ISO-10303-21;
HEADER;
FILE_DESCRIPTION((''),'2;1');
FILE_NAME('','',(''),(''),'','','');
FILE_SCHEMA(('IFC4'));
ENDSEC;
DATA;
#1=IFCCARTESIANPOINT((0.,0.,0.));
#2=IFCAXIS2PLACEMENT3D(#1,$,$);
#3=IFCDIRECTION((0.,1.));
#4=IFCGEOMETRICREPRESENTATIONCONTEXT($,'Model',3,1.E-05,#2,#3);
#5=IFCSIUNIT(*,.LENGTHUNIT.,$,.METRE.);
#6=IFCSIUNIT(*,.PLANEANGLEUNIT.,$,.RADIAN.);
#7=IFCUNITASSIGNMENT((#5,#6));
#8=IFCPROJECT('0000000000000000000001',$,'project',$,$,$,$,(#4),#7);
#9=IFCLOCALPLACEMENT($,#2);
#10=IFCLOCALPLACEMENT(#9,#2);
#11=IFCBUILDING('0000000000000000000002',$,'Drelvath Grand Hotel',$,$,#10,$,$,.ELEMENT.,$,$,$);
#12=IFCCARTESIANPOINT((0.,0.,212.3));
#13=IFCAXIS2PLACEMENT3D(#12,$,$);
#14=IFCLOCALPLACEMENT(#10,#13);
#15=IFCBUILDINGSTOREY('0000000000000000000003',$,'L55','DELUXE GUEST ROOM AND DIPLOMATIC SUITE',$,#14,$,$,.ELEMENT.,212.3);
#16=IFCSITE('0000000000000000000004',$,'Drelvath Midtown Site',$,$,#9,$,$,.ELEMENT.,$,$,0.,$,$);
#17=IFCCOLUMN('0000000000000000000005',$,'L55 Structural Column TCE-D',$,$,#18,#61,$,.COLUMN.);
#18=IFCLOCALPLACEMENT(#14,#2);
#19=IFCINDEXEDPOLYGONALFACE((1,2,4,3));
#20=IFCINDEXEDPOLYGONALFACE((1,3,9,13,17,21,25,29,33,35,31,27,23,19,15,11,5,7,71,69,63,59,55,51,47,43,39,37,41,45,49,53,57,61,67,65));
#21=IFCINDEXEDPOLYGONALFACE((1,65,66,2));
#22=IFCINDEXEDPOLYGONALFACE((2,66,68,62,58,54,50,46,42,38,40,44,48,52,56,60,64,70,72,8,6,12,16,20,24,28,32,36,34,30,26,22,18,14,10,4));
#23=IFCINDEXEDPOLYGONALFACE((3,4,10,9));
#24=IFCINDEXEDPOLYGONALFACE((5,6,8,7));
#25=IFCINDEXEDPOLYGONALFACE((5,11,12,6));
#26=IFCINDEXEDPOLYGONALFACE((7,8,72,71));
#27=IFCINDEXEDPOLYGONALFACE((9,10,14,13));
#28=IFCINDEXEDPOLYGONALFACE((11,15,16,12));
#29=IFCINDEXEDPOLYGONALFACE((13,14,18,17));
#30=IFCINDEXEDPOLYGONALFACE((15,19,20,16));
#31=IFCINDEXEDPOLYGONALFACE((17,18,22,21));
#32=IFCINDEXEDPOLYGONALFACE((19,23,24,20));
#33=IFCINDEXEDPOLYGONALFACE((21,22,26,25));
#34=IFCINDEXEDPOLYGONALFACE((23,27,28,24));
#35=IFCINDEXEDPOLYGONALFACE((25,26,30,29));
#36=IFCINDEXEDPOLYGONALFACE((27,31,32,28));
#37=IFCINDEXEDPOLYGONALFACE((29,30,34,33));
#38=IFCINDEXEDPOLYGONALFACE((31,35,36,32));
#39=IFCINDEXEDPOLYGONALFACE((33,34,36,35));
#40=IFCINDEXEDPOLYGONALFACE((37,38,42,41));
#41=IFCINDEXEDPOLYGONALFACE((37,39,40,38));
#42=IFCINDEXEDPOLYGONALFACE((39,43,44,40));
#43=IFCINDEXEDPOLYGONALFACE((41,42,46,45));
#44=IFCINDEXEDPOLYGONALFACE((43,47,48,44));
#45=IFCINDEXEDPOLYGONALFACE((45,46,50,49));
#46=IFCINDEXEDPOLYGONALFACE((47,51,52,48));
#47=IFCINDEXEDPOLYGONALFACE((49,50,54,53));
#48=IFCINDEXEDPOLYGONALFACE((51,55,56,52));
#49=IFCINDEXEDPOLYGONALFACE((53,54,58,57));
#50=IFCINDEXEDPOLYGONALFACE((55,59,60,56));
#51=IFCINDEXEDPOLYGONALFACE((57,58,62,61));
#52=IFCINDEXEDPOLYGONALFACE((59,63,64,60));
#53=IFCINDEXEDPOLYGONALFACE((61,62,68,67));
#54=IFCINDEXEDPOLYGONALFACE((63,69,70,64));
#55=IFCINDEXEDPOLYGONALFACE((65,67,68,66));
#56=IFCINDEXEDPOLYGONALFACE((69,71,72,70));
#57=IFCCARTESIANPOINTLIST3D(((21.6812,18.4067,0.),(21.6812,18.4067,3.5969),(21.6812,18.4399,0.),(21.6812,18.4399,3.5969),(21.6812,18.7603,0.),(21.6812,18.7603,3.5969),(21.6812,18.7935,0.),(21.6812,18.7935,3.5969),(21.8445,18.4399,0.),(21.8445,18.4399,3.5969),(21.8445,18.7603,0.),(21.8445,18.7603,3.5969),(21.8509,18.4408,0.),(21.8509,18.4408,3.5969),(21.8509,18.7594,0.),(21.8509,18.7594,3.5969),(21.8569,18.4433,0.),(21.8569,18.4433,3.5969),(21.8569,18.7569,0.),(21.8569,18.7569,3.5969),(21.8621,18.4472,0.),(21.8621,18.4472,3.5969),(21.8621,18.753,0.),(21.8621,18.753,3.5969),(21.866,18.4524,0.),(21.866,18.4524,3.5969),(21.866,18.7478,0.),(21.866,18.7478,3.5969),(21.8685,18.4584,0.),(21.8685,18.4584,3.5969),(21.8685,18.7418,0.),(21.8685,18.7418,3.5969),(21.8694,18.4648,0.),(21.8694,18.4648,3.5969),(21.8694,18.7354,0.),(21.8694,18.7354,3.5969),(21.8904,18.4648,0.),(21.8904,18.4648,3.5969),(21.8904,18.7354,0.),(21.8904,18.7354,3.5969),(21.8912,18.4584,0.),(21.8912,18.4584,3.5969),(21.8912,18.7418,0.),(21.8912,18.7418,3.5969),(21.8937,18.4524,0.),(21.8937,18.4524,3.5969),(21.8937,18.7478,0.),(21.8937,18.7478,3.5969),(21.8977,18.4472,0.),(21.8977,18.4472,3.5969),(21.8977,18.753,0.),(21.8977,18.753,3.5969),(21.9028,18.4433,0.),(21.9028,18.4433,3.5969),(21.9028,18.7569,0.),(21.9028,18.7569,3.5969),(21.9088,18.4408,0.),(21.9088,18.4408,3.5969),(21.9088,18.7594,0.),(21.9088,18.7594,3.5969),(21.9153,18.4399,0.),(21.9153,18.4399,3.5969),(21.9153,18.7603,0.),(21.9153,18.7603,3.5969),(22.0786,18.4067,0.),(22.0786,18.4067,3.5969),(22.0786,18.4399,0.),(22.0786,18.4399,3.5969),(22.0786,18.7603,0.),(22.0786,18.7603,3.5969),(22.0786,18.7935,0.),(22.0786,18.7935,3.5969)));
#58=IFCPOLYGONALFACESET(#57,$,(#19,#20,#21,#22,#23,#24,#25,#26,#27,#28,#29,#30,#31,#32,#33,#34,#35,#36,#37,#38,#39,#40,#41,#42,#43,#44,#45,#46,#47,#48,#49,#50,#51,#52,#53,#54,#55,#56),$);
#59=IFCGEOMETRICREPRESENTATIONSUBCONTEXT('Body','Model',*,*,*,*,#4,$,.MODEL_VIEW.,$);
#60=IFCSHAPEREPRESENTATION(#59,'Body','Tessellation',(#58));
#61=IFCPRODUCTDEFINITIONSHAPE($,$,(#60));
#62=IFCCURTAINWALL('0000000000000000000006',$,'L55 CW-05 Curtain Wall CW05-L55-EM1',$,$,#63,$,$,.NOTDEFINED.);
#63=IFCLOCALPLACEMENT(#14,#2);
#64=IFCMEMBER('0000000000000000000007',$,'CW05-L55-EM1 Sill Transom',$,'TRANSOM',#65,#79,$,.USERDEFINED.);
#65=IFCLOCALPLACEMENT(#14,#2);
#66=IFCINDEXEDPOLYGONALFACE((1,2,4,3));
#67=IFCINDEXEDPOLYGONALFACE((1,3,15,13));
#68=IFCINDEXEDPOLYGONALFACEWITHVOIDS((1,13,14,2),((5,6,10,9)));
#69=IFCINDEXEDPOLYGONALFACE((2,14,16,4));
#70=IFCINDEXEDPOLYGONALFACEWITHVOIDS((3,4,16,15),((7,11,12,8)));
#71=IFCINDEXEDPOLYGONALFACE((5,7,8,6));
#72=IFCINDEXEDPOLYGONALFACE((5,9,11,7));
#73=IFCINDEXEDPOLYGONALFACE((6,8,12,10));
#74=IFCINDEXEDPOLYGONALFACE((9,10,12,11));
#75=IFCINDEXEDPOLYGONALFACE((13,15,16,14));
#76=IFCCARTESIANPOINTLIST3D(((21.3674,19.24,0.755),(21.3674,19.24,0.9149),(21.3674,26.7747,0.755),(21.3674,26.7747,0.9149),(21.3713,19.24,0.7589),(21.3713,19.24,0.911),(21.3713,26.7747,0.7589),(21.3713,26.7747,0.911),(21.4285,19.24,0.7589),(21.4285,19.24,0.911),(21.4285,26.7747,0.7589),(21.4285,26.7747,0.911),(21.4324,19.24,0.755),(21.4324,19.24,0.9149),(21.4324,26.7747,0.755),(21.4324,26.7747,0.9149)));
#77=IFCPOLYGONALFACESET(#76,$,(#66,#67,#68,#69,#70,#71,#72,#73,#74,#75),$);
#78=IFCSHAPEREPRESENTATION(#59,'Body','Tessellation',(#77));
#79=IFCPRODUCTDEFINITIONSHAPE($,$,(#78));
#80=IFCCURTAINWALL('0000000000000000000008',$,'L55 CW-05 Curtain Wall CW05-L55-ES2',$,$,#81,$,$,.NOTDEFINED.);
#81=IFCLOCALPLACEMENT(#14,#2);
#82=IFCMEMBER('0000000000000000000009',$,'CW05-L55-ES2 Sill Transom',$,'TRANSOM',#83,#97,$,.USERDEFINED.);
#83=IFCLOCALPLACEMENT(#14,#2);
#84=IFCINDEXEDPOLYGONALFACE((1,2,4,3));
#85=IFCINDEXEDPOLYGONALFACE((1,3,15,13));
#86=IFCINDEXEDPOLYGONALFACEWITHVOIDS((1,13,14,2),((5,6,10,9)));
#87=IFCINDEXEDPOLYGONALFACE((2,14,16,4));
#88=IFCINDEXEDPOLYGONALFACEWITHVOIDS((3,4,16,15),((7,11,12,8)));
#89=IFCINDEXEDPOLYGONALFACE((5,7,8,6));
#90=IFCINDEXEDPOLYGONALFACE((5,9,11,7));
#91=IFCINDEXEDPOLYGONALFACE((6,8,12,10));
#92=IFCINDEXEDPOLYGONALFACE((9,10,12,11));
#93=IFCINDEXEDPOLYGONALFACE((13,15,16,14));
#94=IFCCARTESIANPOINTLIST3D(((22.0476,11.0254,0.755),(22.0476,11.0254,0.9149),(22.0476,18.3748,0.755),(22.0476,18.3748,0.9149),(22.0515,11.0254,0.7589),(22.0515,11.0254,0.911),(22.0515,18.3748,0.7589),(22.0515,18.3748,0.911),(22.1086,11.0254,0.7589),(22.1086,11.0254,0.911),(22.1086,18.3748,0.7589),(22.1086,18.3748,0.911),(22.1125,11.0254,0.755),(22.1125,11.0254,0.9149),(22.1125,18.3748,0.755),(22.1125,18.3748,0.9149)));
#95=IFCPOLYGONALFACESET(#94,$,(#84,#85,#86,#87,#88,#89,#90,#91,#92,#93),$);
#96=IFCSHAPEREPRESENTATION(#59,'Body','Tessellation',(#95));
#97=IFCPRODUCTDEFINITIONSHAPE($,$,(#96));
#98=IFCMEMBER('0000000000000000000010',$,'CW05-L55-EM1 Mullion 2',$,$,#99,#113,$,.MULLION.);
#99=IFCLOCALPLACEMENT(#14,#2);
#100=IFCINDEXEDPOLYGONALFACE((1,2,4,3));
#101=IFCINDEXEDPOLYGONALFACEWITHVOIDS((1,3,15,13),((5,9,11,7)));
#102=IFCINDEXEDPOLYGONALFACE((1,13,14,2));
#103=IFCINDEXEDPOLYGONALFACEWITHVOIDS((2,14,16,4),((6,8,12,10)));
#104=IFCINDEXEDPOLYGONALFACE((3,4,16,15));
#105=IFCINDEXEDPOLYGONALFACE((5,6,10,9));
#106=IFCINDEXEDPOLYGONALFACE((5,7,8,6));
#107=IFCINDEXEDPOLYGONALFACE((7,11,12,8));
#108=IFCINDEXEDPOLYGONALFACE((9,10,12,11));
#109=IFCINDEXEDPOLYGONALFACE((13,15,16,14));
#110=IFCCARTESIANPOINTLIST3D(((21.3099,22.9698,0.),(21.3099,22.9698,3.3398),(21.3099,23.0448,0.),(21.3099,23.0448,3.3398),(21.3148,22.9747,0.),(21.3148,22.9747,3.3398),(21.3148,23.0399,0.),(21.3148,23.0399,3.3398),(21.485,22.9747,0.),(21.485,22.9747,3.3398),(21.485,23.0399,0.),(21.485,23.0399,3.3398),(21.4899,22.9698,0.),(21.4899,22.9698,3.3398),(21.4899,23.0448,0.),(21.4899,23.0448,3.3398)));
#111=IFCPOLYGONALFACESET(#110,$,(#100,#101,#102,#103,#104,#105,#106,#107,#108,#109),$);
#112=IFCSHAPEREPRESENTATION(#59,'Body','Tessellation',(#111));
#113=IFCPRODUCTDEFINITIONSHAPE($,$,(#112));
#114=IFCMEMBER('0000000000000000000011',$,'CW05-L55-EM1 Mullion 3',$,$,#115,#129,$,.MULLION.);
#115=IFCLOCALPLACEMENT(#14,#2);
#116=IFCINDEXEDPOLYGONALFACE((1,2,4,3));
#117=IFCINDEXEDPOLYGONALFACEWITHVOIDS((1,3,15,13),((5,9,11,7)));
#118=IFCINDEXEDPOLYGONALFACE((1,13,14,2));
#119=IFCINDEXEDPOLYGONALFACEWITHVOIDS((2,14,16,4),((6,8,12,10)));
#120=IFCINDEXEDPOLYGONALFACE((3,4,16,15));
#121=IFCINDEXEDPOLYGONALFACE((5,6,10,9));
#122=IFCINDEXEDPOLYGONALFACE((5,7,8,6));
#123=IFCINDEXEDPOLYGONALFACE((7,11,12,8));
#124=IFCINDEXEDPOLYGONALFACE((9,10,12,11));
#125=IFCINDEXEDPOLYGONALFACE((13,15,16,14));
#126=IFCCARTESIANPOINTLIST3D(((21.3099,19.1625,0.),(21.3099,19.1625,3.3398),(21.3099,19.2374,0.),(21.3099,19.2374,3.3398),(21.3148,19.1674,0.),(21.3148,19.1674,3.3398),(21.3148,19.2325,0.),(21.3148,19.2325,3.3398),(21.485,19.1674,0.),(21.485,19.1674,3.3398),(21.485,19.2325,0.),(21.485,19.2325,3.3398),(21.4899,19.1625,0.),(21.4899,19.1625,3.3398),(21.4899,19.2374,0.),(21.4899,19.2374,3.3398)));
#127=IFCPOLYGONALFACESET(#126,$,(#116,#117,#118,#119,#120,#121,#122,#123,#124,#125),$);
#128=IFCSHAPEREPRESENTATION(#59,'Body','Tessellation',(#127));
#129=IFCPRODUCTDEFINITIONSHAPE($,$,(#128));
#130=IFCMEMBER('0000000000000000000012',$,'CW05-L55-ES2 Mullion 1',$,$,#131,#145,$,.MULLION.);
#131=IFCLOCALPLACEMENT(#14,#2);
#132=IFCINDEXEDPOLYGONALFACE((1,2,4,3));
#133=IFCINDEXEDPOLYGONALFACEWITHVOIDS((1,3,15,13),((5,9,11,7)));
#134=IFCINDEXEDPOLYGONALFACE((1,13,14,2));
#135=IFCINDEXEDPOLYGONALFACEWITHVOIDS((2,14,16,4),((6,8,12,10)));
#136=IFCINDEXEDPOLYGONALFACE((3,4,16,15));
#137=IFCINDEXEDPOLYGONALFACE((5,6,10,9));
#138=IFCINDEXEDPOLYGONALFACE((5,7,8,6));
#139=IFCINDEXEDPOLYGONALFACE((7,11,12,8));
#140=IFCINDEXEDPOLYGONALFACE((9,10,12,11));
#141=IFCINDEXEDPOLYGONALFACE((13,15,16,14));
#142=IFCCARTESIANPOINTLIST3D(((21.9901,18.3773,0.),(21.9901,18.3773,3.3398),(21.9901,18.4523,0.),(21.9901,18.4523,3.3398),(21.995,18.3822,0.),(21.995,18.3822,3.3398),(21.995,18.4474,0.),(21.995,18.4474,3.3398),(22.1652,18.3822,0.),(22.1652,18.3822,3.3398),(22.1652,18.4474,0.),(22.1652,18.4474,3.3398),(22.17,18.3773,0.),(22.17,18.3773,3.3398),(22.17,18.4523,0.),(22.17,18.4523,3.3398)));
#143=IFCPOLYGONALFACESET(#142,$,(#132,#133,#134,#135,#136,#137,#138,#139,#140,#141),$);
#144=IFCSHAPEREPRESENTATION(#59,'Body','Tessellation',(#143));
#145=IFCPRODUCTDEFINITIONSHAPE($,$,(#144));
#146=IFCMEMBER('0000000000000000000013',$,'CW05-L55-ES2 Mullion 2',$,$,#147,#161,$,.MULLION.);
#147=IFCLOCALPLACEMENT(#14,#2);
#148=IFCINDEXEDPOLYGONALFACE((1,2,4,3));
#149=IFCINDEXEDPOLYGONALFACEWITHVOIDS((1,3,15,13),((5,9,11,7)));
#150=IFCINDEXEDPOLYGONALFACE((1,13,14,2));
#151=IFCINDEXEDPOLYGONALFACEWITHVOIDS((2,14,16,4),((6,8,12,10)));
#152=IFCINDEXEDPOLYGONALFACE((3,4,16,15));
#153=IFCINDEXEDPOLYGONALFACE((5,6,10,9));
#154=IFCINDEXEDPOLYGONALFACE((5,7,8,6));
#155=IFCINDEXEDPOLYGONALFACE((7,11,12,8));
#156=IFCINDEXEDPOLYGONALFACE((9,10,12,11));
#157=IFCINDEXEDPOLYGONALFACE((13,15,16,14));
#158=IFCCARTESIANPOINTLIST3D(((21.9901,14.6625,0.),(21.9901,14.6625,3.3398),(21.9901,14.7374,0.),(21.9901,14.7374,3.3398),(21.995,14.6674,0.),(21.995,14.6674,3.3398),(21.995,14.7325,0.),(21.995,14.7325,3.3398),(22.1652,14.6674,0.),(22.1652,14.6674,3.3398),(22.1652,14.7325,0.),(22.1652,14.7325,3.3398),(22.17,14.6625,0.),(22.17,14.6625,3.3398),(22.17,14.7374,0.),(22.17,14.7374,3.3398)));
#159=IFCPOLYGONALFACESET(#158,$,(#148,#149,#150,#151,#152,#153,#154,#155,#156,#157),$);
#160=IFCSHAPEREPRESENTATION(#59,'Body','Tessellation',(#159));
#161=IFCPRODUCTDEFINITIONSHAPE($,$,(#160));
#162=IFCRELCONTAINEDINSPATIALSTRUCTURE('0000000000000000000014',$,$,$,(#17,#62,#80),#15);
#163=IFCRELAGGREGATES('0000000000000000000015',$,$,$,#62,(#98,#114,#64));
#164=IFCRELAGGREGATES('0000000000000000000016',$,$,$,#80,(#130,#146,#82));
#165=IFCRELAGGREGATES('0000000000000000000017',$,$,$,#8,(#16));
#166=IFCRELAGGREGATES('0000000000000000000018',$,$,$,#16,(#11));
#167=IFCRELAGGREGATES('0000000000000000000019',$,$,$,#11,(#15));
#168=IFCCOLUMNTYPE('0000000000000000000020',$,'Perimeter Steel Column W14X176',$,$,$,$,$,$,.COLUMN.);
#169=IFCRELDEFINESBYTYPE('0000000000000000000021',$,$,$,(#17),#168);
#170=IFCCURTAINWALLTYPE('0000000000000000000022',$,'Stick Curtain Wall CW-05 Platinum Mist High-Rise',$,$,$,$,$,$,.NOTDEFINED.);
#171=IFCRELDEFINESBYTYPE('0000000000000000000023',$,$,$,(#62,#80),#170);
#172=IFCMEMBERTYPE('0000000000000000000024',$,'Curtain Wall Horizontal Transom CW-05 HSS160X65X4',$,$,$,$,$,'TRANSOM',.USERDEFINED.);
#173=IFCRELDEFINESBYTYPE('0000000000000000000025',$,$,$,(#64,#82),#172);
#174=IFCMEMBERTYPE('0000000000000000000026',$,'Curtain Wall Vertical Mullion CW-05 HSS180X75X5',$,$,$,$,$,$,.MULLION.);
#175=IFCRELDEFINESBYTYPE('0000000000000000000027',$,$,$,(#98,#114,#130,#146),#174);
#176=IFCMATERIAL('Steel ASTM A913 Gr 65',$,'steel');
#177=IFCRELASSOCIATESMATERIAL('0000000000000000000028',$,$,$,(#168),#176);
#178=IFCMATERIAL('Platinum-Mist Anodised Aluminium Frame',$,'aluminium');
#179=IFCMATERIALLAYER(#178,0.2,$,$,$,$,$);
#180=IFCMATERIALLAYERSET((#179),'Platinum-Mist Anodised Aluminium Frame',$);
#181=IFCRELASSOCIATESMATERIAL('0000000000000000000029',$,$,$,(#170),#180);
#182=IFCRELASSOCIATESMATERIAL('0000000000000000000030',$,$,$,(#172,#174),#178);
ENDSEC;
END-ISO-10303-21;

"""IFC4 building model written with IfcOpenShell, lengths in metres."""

from ifc_helpers import new_model, si_unit, direction, frame, origin, origin_2d, place, context, subcontext, project, spatial, hollow_rectangle, i_section, extrude, material, layer, layer_set, material_profile, profile_set, type_object, element, aggregate, save


model = new_model("IFC4")

# Units and contexts
model_context = context("Model", 3, precision=1e-05, world=origin(), true_north=direction((0.0, 1.0)))
body_context = subcontext(model_context, "Body", "Model", "MODEL_VIEW")
ifc_project = project(units=[si_unit("LENGTHUNIT", "METRE"), si_unit("PLANEANGLEUNIT", "RADIAN")], contexts=[model_context])

# Site, building, storey
site_placement = place(None, origin())
site = spatial("IfcSite", under=ifc_project, at=site_placement, Name="Drelvath Midtown Site", CompositionType="ELEMENT", RefElevation=0.0)
building_placement = place(site_placement, origin())
building = spatial("IfcBuilding", under=site, at=building_placement, Name="Drelvath Grand Hotel", CompositionType="ELEMENT")
storey_placement = place(building_placement, frame((0.0, 0.0, 212.3)))
storey = spatial("IfcBuildingStorey", under=building, at=storey_placement, Name="L55", Description="DELUXE GUEST ROOM AND DIPLOMATIC SUITE", CompositionType="ELEMENT", Elevation=212.3)

# Column
ifc_material_1 = material(Name="Steel ASTM A913 Gr 65", Category="steel")
ifc_material_profile_1 = material_profile(ifc_material_1, i_section(OverallWidth=0.3975, OverallDepth=0.3867, WebThickness=0.021, FlangeThickness=0.0332, FilletRadius=0.0249, at=origin_2d()), Name="W14X176")
ifc_profile_set_1 = profile_set([ifc_material_profile_1], Name="Steel ASTM A913 Gr 65")
column_type = type_object("IfcColumnType", Name="Perimeter Steel Column W14X176", PredefinedType="COLUMN", material=ifc_profile_set_1)
column_placement = place(storey_placement, frame((21.8799, 18.6001, 0.0), z_axis=(0.0, 0.0, 1.0), x_axis=(1.0, 0.0, 0.0)))
element("IfcColumn", 1, at=column_placement, inside=storey, type_object=column_type, Name="L55 Structural Column TCE-D", PredefinedType="COLUMN", context=body_context, shape_type="SweptSolid", body=[
    extrude(i_section(OverallWidth=0.3975, OverallDepth=0.3867, WebThickness=0.021, FlangeThickness=0.0332, FilletRadius=0.0249, at=origin_2d()), origin(), (0.0, 0.0, 1.0), 3.5969),
])

# Curtain walls, members
ifc_material_2 = material(Name="Platinum-Mist Anodised Aluminium Frame", Category="aluminium")
ifc_layer_1 = layer(ifc_material_2, 0.2)
ifc_layer_set_1 = layer_set([ifc_layer_1], Name="Platinum-Mist Anodised Aluminium Frame")
curtain_wall_type = type_object("IfcCurtainWallType", Name="Stick Curtain Wall CW-05 Platinum Mist High-Rise", PredefinedType="NOTDEFINED", material=ifc_layer_set_1)
curtain_wall_1_placement = place(storey_placement, origin())
curtain_wall_1 = element("IfcCurtainWall", 2, at=curtain_wall_1_placement, inside=storey, type_object=curtain_wall_type, Name="L55 CW-05 Curtain Wall CW05-L55-EM1", PredefinedType="NOTDEFINED")
ifc_material_profile_2 = material_profile(ifc_material_2, hollow_rectangle(XDim=0.0649, YDim=0.1599, WallThickness=0.0039, at=origin_2d()), Name="HSS160X65X4")
ifc_profile_set_2 = profile_set([ifc_material_profile_2], Name="Platinum-Mist Anodised Aluminium Frame")
member_type_1 = type_object("IfcMemberType", Name="Curtain Wall Horizontal Transom CW-05 HSS160X65X4", ElementType="TRANSOM", PredefinedType="USERDEFINED", material=ifc_profile_set_2)
member_1_placement = place(storey_placement, frame((21.3999, 26.7747, 0.835), z_axis=(0.0, -1.0, 0.0), x_axis=(1.0, 0.0, 0.0)))
member_1 = element("IfcMember", 3, at=member_1_placement, type_object=member_type_1, Name="CW05-L55-EM1 Sill Transom", ObjectType="TRANSOM", PredefinedType="USERDEFINED", context=body_context, shape_type="SweptSolid", body=[
    extrude(hollow_rectangle(XDim=0.0649, YDim=0.1599, WallThickness=0.0039, at=origin_2d()), origin(), (0.0, 0.0, 1.0), 7.5347),
])
curtain_wall_2_placement = place(storey_placement, origin())
curtain_wall_2 = element("IfcCurtainWall", 4, at=curtain_wall_2_placement, inside=storey, type_object=curtain_wall_type, Name="L55 CW-05 Curtain Wall CW05-L55-ES2", PredefinedType="NOTDEFINED")
member_2_placement = place(storey_placement, frame((22.0801, 18.3748, 0.835), z_axis=(0.0, -1.0, 0.0), x_axis=(1.0, 0.0, 0.0)))
member_2 = element("IfcMember", 5, at=member_2_placement, type_object=member_type_1, Name="CW05-L55-ES2 Sill Transom", ObjectType="TRANSOM", PredefinedType="USERDEFINED", context=body_context, shape_type="SweptSolid", body=[
    extrude(hollow_rectangle(XDim=0.0649, YDim=0.1599, WallThickness=0.0039, at=origin_2d()), origin(), (0.0, 0.0, 1.0), 7.3494),
])

# Members
ifc_material_profile_3 = material_profile(ifc_material_2, hollow_rectangle(XDim=0.075, YDim=0.1799, WallThickness=0.0049, at=origin_2d()), Name="HSS180X75X5")
ifc_profile_set_3 = profile_set([ifc_material_profile_3], Name="Platinum-Mist Anodised Aluminium Frame")
member_type_2 = type_object("IfcMemberType", Name="Curtain Wall Vertical Mullion CW-05 HSS180X75X5", PredefinedType="MULLION", material=ifc_profile_set_3)
member_3_placement = place(storey_placement, frame((21.3999, 23.0073, 0.0), z_axis=(0.0, 0.0, 1.0), x_axis=(0.0, 1.0, 0.0)))
member_3 = element("IfcMember", 6, at=member_3_placement, type_object=member_type_2, Name="CW05-L55-EM1 Mullion 2", PredefinedType="MULLION", context=body_context, shape_type="SweptSolid", body=[
    extrude(hollow_rectangle(XDim=0.075, YDim=0.1799, WallThickness=0.0049, at=origin_2d()), origin(), (0.0, 0.0, 1.0), 3.3398),
])
member_4_placement = place(storey_placement, frame((21.3999, 19.2, 0.0), z_axis=(0.0, 0.0, 1.0), x_axis=(0.0, 1.0, 0.0)))
member_4 = element("IfcMember", 7, at=member_4_placement, type_object=member_type_2, Name="CW05-L55-EM1 Mullion 3", PredefinedType="MULLION", context=body_context, shape_type="SweptSolid", body=[
    extrude(hollow_rectangle(XDim=0.075, YDim=0.1799, WallThickness=0.0049, at=origin_2d()), origin(), (0.0, 0.0, 1.0), 3.3398),
])
member_5_placement = place(storey_placement, frame((22.0801, 18.4148, 0.0), z_axis=(0.0, 0.0, 1.0), x_axis=(0.0, 1.0, 0.0)))
member_5 = element("IfcMember", 8, at=member_5_placement, type_object=member_type_2, Name="CW05-L55-ES2 Mullion 1", PredefinedType="MULLION", context=body_context, shape_type="SweptSolid", body=[
    extrude(hollow_rectangle(XDim=0.075, YDim=0.1799, WallThickness=0.0049, at=origin_2d()), origin(), (0.0, 0.0, 1.0), 3.3398),
])
member_6_placement = place(storey_placement, frame((22.0801, 14.7, 0.0), z_axis=(0.0, 0.0, 1.0), x_axis=(0.0, 1.0, 0.0)))
member_6 = element("IfcMember", 9, at=member_6_placement, type_object=member_type_2, Name="CW05-L55-ES2 Mullion 2", PredefinedType="MULLION", context=body_context, shape_type="SweptSolid", body=[
    extrude(hollow_rectangle(XDim=0.075, YDim=0.1799, WallThickness=0.0049, at=origin_2d()), origin(), (0.0, 0.0, 1.0), 3.3398),
])

aggregate(curtain_wall_1, [member_3, member_4, member_1])
aggregate(curtain_wall_2, [member_5, member_6, member_2])

save(model, "model.ifc")
